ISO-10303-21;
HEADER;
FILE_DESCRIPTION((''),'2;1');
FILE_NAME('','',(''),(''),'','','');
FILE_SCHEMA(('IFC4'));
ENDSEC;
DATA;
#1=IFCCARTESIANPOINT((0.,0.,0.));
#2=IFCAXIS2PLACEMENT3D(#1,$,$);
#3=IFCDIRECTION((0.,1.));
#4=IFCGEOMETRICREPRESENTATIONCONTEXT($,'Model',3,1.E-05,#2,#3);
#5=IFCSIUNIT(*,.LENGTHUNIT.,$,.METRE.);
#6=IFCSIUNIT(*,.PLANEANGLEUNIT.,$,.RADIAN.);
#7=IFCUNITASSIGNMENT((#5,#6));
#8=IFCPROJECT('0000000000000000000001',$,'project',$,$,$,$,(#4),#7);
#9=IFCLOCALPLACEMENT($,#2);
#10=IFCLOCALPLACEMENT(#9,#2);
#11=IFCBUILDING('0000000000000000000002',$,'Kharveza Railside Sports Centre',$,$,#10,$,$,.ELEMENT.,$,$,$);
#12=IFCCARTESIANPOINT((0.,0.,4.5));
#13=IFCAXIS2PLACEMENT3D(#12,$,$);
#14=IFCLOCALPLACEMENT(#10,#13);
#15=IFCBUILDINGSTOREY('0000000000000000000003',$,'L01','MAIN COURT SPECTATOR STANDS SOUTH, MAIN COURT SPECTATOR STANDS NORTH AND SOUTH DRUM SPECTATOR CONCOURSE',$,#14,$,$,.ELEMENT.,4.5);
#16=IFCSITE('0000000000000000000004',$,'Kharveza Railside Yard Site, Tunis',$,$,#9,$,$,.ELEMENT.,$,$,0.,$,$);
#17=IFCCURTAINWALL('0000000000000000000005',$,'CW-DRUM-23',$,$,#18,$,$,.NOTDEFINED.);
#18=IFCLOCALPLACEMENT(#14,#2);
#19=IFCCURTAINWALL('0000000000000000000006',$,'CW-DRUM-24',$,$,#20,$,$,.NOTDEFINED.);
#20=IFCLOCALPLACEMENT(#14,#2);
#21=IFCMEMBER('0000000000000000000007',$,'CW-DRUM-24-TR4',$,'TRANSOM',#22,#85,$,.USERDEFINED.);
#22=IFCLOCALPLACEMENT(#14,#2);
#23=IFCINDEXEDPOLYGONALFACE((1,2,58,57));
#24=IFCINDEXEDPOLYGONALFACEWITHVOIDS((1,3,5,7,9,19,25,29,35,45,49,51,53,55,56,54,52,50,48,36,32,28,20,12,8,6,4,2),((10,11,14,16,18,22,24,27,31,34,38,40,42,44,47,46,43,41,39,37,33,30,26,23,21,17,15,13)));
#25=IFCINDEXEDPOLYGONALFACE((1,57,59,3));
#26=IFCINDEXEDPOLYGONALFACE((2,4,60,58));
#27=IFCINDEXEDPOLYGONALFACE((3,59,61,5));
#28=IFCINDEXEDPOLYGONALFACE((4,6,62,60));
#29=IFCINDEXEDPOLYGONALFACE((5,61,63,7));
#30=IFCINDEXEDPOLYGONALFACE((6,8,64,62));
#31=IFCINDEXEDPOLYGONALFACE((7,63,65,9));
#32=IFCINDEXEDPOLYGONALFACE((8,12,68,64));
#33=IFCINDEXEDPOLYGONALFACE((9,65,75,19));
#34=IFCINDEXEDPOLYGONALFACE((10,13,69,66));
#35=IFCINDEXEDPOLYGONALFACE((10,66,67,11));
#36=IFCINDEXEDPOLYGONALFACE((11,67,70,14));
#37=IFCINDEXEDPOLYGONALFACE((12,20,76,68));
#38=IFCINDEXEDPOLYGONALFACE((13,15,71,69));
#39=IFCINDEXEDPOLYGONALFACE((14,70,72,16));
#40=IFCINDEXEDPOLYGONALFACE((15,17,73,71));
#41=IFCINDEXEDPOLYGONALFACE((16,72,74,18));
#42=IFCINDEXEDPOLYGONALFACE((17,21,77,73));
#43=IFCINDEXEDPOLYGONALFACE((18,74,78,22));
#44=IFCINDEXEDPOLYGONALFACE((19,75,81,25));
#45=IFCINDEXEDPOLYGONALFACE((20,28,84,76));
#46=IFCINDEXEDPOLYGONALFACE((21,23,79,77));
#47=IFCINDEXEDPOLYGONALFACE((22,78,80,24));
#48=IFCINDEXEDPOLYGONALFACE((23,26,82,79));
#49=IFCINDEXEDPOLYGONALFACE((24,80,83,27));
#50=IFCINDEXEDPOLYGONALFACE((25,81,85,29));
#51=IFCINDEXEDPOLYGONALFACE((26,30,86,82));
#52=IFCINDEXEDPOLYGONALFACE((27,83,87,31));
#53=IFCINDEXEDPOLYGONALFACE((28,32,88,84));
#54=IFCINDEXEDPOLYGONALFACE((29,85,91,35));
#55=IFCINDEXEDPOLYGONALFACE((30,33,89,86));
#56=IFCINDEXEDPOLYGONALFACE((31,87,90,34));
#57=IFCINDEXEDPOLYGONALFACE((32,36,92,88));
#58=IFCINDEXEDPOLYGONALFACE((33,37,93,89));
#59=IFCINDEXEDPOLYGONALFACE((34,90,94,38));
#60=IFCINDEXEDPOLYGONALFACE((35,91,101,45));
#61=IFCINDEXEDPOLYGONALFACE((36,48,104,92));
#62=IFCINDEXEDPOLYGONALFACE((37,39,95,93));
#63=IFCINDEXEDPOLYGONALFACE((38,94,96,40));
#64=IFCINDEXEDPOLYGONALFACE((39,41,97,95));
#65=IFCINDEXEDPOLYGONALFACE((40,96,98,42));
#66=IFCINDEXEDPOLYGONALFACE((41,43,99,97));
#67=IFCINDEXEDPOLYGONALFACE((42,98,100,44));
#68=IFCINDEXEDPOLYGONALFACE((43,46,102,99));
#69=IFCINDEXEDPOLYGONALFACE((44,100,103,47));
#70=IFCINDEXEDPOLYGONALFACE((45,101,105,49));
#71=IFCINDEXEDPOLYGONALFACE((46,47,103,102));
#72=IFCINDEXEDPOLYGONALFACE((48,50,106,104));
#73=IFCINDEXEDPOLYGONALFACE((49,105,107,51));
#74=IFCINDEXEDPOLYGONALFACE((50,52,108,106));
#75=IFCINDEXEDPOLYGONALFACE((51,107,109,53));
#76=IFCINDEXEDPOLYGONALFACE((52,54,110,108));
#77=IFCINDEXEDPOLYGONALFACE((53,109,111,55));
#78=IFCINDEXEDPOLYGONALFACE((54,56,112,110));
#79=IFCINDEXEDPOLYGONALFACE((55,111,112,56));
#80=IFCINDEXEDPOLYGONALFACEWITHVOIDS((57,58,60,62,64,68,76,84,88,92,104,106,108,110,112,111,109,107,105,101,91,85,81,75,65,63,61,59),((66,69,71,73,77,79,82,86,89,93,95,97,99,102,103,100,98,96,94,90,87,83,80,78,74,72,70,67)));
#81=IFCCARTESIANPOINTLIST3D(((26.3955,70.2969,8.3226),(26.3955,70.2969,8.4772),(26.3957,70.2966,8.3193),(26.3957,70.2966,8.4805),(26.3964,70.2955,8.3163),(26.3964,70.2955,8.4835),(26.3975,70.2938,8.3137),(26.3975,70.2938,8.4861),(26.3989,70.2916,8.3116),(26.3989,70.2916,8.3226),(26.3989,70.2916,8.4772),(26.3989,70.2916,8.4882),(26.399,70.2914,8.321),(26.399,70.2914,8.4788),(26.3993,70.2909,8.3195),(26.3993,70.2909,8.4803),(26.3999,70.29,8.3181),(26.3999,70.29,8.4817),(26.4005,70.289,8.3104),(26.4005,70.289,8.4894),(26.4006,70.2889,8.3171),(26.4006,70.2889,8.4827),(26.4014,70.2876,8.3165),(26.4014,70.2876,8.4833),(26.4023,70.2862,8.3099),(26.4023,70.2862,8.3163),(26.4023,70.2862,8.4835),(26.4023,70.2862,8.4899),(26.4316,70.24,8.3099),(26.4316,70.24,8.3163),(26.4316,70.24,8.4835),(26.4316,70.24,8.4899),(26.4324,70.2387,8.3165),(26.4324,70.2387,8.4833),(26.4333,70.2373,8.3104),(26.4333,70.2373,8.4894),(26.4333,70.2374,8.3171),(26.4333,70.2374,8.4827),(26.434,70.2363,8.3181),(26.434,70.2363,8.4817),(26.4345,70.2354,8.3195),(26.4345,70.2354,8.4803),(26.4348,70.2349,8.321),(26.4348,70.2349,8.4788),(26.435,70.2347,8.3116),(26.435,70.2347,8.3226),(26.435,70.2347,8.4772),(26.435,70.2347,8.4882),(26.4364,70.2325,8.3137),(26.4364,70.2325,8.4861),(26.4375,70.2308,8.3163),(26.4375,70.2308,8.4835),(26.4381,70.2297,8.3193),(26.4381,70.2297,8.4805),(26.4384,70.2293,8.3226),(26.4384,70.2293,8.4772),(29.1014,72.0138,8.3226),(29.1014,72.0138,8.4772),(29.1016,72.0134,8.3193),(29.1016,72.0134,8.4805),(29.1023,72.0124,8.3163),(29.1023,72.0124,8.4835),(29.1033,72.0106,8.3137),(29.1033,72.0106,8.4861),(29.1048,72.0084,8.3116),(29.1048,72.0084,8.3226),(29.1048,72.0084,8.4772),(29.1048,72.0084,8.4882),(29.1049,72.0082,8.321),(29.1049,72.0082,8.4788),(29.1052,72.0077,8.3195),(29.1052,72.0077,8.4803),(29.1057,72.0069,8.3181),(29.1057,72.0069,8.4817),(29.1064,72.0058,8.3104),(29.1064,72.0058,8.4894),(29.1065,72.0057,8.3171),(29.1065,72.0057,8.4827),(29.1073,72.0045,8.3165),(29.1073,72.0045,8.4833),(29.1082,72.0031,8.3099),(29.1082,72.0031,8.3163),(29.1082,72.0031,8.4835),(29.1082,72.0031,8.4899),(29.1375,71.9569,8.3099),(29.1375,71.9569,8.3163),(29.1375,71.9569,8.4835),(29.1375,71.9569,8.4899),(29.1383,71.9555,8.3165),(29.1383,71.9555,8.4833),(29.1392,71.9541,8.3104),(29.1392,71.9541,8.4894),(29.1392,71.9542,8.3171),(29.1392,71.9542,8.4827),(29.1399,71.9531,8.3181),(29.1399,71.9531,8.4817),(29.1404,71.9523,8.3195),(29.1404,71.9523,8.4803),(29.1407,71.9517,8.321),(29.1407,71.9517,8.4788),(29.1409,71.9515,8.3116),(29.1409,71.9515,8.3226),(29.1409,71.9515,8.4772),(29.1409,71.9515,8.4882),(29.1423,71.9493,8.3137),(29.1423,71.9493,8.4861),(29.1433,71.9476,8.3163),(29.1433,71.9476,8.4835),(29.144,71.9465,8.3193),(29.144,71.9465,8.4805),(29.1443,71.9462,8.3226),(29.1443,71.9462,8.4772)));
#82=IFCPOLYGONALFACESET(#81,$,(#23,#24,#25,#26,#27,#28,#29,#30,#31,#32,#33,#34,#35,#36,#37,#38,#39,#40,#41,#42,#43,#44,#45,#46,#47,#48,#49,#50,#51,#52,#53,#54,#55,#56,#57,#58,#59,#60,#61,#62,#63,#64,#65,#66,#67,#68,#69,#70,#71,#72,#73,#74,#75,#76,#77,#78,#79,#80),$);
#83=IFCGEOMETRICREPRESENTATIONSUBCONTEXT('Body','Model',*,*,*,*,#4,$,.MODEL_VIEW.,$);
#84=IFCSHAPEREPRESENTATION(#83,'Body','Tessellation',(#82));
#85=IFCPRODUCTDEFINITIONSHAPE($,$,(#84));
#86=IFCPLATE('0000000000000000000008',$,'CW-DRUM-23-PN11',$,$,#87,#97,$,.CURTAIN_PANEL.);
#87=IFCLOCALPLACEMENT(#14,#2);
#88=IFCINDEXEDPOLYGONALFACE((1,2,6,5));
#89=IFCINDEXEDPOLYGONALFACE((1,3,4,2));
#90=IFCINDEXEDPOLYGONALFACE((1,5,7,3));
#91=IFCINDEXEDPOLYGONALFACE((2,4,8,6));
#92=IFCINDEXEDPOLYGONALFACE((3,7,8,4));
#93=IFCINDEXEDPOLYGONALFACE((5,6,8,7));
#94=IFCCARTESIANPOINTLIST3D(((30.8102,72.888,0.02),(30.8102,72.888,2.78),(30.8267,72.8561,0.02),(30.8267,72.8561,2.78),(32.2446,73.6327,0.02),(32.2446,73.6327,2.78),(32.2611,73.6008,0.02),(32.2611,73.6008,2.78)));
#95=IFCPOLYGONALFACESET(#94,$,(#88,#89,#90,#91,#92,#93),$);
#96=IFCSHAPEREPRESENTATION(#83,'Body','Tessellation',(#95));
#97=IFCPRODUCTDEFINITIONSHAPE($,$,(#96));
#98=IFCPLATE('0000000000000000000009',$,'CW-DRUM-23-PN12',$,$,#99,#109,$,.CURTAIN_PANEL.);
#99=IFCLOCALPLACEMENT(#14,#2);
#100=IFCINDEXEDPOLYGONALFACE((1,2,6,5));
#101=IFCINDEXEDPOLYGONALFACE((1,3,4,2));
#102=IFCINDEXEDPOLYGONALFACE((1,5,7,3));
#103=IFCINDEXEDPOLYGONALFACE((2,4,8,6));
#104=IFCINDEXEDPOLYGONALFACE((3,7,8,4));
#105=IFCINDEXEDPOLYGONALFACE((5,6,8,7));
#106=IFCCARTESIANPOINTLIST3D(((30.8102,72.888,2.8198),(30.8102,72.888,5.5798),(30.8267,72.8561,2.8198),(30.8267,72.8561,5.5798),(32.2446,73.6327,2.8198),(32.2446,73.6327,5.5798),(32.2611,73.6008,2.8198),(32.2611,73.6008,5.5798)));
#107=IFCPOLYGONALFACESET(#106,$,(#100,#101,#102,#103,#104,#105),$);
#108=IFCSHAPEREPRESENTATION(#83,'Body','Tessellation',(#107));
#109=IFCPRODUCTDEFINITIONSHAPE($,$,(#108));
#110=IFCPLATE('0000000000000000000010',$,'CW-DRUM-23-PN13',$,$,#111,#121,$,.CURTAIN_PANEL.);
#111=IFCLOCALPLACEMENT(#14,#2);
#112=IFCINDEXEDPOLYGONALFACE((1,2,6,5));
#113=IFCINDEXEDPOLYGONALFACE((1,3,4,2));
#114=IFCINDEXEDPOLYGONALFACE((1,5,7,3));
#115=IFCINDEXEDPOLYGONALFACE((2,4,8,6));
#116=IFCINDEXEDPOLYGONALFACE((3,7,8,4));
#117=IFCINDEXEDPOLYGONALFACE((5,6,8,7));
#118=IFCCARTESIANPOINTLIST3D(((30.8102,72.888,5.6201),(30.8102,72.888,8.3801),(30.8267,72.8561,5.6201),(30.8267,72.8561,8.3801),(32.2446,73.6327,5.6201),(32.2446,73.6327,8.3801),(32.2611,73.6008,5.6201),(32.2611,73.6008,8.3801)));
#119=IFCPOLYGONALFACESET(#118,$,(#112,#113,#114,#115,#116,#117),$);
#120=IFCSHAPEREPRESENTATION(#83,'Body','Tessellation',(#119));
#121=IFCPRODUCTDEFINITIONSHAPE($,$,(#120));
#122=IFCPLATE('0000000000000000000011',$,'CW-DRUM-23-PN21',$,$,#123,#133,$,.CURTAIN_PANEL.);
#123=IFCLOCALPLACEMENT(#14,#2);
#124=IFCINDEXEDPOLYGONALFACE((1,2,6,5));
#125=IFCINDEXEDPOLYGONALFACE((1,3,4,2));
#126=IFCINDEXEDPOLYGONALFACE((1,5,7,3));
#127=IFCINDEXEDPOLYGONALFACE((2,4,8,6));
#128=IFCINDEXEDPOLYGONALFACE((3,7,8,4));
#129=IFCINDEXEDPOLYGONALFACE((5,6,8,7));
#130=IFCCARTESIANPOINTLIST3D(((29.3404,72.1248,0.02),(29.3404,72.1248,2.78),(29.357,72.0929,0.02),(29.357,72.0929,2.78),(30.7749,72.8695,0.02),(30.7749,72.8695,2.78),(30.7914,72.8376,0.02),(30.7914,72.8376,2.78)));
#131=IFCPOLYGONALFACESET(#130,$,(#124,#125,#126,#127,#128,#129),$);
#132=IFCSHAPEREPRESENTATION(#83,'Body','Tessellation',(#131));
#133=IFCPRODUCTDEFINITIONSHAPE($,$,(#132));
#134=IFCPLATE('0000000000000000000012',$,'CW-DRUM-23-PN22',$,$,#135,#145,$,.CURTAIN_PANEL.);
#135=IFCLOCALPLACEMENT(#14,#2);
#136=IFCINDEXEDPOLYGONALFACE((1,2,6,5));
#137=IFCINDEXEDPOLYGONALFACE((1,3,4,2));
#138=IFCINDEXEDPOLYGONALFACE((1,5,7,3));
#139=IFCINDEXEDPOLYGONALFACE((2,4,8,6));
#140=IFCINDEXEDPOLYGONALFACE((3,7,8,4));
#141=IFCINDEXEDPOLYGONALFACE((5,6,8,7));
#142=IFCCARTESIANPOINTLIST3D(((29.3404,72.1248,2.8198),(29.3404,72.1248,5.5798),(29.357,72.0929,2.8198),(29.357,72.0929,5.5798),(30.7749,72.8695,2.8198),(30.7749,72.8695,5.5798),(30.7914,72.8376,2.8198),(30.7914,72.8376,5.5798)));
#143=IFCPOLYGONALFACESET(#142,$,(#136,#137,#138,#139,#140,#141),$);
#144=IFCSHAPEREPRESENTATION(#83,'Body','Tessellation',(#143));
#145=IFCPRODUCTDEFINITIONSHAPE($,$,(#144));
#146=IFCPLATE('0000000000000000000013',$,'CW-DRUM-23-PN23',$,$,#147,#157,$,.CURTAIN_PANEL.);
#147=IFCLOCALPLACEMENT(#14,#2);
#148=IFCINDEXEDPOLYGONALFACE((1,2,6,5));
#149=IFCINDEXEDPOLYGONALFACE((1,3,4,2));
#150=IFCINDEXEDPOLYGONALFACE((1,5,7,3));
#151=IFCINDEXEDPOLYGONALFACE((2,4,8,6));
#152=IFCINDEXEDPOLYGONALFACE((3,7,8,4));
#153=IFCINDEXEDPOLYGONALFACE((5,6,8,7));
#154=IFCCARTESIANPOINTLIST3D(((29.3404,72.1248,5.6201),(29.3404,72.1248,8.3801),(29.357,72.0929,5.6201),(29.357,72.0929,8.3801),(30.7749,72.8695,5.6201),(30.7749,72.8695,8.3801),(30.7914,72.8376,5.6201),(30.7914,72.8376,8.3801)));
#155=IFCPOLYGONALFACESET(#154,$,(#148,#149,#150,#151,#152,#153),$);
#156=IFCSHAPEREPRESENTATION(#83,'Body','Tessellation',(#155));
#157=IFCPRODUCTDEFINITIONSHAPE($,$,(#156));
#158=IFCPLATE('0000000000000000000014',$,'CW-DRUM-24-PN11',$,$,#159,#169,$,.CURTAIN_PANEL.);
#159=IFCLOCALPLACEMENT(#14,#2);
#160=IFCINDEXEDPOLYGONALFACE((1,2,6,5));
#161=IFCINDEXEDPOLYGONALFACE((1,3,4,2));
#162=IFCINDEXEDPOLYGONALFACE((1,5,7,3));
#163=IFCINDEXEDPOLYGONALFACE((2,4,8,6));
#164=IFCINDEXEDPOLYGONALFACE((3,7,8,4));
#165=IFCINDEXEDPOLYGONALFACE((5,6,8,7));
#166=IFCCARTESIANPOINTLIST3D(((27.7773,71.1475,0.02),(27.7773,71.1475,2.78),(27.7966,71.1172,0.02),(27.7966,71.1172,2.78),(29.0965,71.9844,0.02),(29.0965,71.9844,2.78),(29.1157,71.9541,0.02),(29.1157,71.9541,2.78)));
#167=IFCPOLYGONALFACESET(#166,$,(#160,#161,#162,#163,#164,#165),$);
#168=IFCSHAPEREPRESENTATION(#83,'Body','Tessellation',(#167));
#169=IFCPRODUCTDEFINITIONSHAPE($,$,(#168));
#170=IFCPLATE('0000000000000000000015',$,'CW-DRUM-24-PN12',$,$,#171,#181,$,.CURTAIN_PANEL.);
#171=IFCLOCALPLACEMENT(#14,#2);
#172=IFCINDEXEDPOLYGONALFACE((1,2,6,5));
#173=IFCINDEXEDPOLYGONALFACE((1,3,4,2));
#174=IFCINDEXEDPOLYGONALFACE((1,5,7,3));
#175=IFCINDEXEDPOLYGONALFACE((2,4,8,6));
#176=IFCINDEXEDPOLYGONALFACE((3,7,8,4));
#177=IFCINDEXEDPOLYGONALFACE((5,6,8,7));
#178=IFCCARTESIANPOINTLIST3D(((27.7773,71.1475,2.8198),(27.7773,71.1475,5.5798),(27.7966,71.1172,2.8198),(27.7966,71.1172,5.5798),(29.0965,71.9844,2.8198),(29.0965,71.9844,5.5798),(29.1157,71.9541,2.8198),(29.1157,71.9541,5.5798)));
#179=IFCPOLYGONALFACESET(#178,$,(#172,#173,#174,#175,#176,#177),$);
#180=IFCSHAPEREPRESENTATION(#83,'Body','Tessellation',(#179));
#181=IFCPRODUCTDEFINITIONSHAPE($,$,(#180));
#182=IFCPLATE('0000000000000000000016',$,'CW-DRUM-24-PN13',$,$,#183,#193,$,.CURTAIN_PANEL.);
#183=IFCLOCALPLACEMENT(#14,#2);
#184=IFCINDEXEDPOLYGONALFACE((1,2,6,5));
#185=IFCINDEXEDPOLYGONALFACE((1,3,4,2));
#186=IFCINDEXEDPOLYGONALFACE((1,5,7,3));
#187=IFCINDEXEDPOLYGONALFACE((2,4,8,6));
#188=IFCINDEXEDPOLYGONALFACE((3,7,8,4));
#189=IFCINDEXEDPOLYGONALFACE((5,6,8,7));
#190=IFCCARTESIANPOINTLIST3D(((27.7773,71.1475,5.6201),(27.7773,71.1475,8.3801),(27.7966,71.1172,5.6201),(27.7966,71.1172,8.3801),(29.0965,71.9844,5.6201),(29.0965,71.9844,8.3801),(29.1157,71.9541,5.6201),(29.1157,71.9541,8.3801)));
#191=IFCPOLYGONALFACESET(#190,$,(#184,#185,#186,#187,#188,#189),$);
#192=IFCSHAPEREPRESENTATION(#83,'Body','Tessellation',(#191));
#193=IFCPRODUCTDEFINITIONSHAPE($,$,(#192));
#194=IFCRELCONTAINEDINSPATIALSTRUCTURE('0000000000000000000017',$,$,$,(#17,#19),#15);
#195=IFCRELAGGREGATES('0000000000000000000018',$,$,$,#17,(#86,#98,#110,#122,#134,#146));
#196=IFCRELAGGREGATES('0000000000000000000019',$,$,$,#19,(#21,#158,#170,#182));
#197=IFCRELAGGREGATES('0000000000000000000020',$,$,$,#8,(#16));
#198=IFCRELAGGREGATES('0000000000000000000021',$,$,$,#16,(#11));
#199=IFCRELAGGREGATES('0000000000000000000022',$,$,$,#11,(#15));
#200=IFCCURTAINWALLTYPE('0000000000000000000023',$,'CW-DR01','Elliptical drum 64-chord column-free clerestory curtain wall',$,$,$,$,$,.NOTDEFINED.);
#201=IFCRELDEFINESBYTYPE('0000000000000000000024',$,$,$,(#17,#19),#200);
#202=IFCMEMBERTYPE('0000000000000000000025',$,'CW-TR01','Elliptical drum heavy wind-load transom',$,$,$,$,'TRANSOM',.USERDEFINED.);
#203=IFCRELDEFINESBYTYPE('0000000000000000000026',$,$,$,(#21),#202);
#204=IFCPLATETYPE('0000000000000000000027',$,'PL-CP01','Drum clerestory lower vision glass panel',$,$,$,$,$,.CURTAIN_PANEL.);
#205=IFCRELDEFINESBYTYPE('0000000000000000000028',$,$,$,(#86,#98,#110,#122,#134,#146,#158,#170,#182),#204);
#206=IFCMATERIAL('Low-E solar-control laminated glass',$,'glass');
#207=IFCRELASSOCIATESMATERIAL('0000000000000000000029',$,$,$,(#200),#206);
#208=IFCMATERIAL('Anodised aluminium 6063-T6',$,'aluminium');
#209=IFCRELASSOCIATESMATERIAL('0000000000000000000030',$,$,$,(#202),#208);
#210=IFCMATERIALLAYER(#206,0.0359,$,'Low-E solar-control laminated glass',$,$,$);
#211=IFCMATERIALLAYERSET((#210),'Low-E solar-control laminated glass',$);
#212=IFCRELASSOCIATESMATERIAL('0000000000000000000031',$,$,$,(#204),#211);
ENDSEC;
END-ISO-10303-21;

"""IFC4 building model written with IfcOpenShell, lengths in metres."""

from ifc_helpers import new_model, si_unit, direction, frame, origin, origin_2d, place, context, subcontext, project, spatial, rectangle, hollow_rectangle, extrude, material, layer, layer_set, material_profile, profile_set, type_object, element, aggregate, save


model = new_model("IFC4")

# Units and contexts
model_context = context("Model", 3, precision=1e-05, world=origin(), true_north=direction((0.0, 1.0)))
body_context = subcontext(model_context, "Body", "Model", "MODEL_VIEW")
ifc_project = project(units=[si_unit("LENGTHUNIT", "METRE"), si_unit("PLANEANGLEUNIT", "RADIAN")], contexts=[model_context])

# Site, building, storey
site_placement = place(None, origin())
site = spatial("IfcSite", under=ifc_project, at=site_placement, Name="Kharveza Railside Yard Site, Tunis", CompositionType="ELEMENT", RefElevation=0.0)
building_placement = place(site_placement, origin())
building = spatial("IfcBuilding", under=site, at=building_placement, Name="Kharveza Railside Sports Centre", CompositionType="ELEMENT")
storey_placement = place(building_placement, frame((0.0, 0.0, 4.5)))
storey = spatial("IfcBuildingStorey", under=building, at=storey_placement, Name="L01", Description="MAIN COURT SPECTATOR STANDS SOUTH, MAIN COURT SPECTATOR STANDS NORTH AND SOUTH DRUM SPECTATOR CONCOURSE", CompositionType="ELEMENT", Elevation=4.5)

# Curtain walls
ifc_material_1 = material(Name="Low-E solar-control laminated glass", Category="glass")
curtain_wall_type = type_object("IfcCurtainWallType", Name="CW-DR01", Description="Elliptical drum 64-chord column-free clerestory curtain wall", PredefinedType="NOTDEFINED", material=ifc_material_1)
curtain_wall_1_placement = place(storey_placement, origin())
curtain_wall_1 = element("IfcCurtainWall", 1, at=curtain_wall_1_placement, inside=storey, type_object=curtain_wall_type, Name="CW-DRUM-23", PredefinedType="NOTDEFINED")
ifc_material_2 = material(Name="Anodised aluminium 6063-T6", Category="aluminium")
curtain_wall_2_placement = place(storey_placement, origin())
curtain_wall_2 = element("IfcCurtainWall", 2, at=curtain_wall_2_placement, inside=storey, type_object=curtain_wall_type, Name="CW-DRUM-24", PredefinedType="NOTDEFINED")

# Member
ifc_material_profile_1 = material_profile(ifc_material_2, hollow_rectangle(XDim=0.0801, YDim=0.1799, WallThickness=0.0063, InnerFilletRadius=0.0063, OuterFilletRadius=0.0127, at=origin_2d()), Name="RHS 80x180x6.3")
ifc_profile_set_1 = profile_set([ifc_material_profile_1], Name="Anodised aluminium 6063-T6")
member_type_1 = type_object("IfcMemberType", Name="CW-TR01", Description="Elliptical drum heavy wind-load transom", ElementType="TRANSOM", PredefinedType="USERDEFINED", material=ifc_profile_set_1)
member_1_placement = place(storey_placement, frame((29.1228, 71.98, 8.3999), z_axis=(-0.844379, -0.535746, 0.0), x_axis=(0.535746, -0.844379, 0.0)))
member_1 = element("IfcMember", 3, at=member_1_placement, type_object=member_type_1, Name="CW-DRUM-24-TR4", ObjectType="TRANSOM", PredefinedType="USERDEFINED", context=body_context, shape_type="SweptSolid", body=[
    extrude(hollow_rectangle(XDim=0.0801, YDim=0.1799, WallThickness=0.0063, InnerFilletRadius=0.0063, OuterFilletRadius=0.0127, at=origin_2d()), origin(), (0.0, 0.0, 1.0), 3.2046),
])

# Plates
ifc_layer_1 = layer(ifc_material_1, 0.0359, Name="Low-E solar-control laminated glass")
ifc_layer_set_1 = layer_set([ifc_layer_1], Name="Low-E solar-control laminated glass")
plate_type = type_object("IfcPlateType", Name="PL-CP01", Description="Drum clerestory lower vision glass panel", PredefinedType="CURTAIN_PANEL", material=ifc_layer_set_1)
plate_1_placement = place(storey_placement, frame((31.5356, 73.2444, 0.02), z_axis=(0.0, 0.0, 1.0), x_axis=(-0.887526, -0.460758, 0.0)))
plate_1 = element("IfcPlate", 4, at=plate_1_placement, type_object=plate_type, Name="CW-DRUM-23-PN11", PredefinedType="CURTAIN_PANEL", context=body_context, shape_type="SweptSolid", body=[
    extrude(rectangle(XDim=1.6162, YDim=0.0359, at=origin_2d()), origin(), (0.0, 0.0, 1.0), 2.76),
])
plate_2_placement = place(storey_placement, frame((31.5356, 73.2444, 2.8198), z_axis=(0.0, 0.0, 1.0), x_axis=(-0.887526, -0.460758, 0.0)))
plate_2 = element("IfcPlate", 5, at=plate_2_placement, type_object=plate_type, Name="CW-DRUM-23-PN12", PredefinedType="CURTAIN_PANEL", context=body_context, shape_type="SweptSolid", body=[
    extrude(rectangle(XDim=1.6162, YDim=0.0359, at=origin_2d()), origin(), (0.0, 0.0, 1.0), 2.76),
])
plate_3_placement = place(storey_placement, frame((31.5356, 73.2444, 5.6201), z_axis=(0.0, 0.0, 1.0), x_axis=(-0.887526, -0.460758, 0.0)))
plate_3 = element("IfcPlate", 6, at=plate_3_placement, type_object=plate_type, Name="CW-DRUM-23-PN13", PredefinedType="CURTAIN_PANEL", context=body_context, shape_type="SweptSolid", body=[
    extrude(rectangle(XDim=1.6162, YDim=0.0359, at=origin_2d()), origin(), (0.0, 0.0, 1.0), 2.76),
])
plate_4_placement = place(storey_placement, frame((30.0659, 72.4812, 0.02), z_axis=(0.0, 0.0, 1.0), x_axis=(-0.887526, -0.460758, 0.0)))
plate_4 = element("IfcPlate", 7, at=plate_4_placement, type_object=plate_type, Name="CW-DRUM-23-PN21", PredefinedType="CURTAIN_PANEL", context=body_context, shape_type="SweptSolid", body=[
    extrude(rectangle(XDim=1.6162, YDim=0.0359, at=origin_2d()), origin(), (0.0, 0.0, 1.0), 2.76),
])
plate_5_placement = place(storey_placement, frame((30.0659, 72.4812, 2.8198), z_axis=(0.0, 0.0, 1.0), x_axis=(-0.887526, -0.460758, 0.0)))
plate_5 = element("IfcPlate", 8, at=plate_5_placement, type_object=plate_type, Name="CW-DRUM-23-PN22", PredefinedType="CURTAIN_PANEL", context=body_context, shape_type="SweptSolid", body=[
    extrude(rectangle(XDim=1.6162, YDim=0.0359, at=origin_2d()), origin(), (0.0, 0.0, 1.0), 2.76),
])
plate_6_placement = place(storey_placement, frame((30.0659, 72.4812, 5.6201), z_axis=(0.0, 0.0, 1.0), x_axis=(-0.887526, -0.460758, 0.0)))
plate_6 = element("IfcPlate", 9, at=plate_6_placement, type_object=plate_type, Name="CW-DRUM-23-PN23", PredefinedType="CURTAIN_PANEL", context=body_context, shape_type="SweptSolid", body=[
    extrude(rectangle(XDim=1.6162, YDim=0.0359, at=origin_2d()), origin(), (0.0, 0.0, 1.0), 2.76),
])
aggregate(curtain_wall_1, [plate_1, plate_2, plate_3, plate_4, plate_5, plate_6])
plate_7_placement = place(storey_placement, frame((28.4465, 71.5508, 0.02), z_axis=(0.0, 0.0, 1.0), x_axis=(-0.844393, -0.535724, 0.0)))
plate_7 = element("IfcPlate", 10, at=plate_7_placement, type_object=plate_type, Name="CW-DRUM-24-PN11", PredefinedType="CURTAIN_PANEL", context=body_context, shape_type="SweptSolid", body=[
    extrude(rectangle(XDim=1.5623, YDim=0.0359, at=origin_2d()), origin(), (0.0, 0.0, 1.0), 2.76),
])
plate_8_placement = place(storey_placement, frame((28.4465, 71.5508, 2.8198), z_axis=(0.0, 0.0, 1.0), x_axis=(-0.844393, -0.535724, 0.0)))
plate_8 = element("IfcPlate", 11, at=plate_8_placement, type_object=plate_type, Name="CW-DRUM-24-PN12", PredefinedType="CURTAIN_PANEL", context=body_context, shape_type="SweptSolid", body=[
    extrude(rectangle(XDim=1.5623, YDim=0.0359, at=origin_2d()), origin(), (0.0, 0.0, 1.0), 2.76),
])
plate_9_placement = place(storey_placement, frame((28.4465, 71.5508, 5.6201), z_axis=(0.0, 0.0, 1.0), x_axis=(-0.844393, -0.535724, 0.0)))
plate_9 = element("IfcPlate", 12, at=plate_9_placement, type_object=plate_type, Name="CW-DRUM-24-PN13", PredefinedType="CURTAIN_PANEL", context=body_context, shape_type="SweptSolid", body=[
    extrude(rectangle(XDim=1.5623, YDim=0.0359, at=origin_2d()), origin(), (0.0, 0.0, 1.0), 2.76),
])
aggregate(curtain_wall_2, [member_1, plate_7, plate_8, plate_9])

save(model, "model.ifc")
